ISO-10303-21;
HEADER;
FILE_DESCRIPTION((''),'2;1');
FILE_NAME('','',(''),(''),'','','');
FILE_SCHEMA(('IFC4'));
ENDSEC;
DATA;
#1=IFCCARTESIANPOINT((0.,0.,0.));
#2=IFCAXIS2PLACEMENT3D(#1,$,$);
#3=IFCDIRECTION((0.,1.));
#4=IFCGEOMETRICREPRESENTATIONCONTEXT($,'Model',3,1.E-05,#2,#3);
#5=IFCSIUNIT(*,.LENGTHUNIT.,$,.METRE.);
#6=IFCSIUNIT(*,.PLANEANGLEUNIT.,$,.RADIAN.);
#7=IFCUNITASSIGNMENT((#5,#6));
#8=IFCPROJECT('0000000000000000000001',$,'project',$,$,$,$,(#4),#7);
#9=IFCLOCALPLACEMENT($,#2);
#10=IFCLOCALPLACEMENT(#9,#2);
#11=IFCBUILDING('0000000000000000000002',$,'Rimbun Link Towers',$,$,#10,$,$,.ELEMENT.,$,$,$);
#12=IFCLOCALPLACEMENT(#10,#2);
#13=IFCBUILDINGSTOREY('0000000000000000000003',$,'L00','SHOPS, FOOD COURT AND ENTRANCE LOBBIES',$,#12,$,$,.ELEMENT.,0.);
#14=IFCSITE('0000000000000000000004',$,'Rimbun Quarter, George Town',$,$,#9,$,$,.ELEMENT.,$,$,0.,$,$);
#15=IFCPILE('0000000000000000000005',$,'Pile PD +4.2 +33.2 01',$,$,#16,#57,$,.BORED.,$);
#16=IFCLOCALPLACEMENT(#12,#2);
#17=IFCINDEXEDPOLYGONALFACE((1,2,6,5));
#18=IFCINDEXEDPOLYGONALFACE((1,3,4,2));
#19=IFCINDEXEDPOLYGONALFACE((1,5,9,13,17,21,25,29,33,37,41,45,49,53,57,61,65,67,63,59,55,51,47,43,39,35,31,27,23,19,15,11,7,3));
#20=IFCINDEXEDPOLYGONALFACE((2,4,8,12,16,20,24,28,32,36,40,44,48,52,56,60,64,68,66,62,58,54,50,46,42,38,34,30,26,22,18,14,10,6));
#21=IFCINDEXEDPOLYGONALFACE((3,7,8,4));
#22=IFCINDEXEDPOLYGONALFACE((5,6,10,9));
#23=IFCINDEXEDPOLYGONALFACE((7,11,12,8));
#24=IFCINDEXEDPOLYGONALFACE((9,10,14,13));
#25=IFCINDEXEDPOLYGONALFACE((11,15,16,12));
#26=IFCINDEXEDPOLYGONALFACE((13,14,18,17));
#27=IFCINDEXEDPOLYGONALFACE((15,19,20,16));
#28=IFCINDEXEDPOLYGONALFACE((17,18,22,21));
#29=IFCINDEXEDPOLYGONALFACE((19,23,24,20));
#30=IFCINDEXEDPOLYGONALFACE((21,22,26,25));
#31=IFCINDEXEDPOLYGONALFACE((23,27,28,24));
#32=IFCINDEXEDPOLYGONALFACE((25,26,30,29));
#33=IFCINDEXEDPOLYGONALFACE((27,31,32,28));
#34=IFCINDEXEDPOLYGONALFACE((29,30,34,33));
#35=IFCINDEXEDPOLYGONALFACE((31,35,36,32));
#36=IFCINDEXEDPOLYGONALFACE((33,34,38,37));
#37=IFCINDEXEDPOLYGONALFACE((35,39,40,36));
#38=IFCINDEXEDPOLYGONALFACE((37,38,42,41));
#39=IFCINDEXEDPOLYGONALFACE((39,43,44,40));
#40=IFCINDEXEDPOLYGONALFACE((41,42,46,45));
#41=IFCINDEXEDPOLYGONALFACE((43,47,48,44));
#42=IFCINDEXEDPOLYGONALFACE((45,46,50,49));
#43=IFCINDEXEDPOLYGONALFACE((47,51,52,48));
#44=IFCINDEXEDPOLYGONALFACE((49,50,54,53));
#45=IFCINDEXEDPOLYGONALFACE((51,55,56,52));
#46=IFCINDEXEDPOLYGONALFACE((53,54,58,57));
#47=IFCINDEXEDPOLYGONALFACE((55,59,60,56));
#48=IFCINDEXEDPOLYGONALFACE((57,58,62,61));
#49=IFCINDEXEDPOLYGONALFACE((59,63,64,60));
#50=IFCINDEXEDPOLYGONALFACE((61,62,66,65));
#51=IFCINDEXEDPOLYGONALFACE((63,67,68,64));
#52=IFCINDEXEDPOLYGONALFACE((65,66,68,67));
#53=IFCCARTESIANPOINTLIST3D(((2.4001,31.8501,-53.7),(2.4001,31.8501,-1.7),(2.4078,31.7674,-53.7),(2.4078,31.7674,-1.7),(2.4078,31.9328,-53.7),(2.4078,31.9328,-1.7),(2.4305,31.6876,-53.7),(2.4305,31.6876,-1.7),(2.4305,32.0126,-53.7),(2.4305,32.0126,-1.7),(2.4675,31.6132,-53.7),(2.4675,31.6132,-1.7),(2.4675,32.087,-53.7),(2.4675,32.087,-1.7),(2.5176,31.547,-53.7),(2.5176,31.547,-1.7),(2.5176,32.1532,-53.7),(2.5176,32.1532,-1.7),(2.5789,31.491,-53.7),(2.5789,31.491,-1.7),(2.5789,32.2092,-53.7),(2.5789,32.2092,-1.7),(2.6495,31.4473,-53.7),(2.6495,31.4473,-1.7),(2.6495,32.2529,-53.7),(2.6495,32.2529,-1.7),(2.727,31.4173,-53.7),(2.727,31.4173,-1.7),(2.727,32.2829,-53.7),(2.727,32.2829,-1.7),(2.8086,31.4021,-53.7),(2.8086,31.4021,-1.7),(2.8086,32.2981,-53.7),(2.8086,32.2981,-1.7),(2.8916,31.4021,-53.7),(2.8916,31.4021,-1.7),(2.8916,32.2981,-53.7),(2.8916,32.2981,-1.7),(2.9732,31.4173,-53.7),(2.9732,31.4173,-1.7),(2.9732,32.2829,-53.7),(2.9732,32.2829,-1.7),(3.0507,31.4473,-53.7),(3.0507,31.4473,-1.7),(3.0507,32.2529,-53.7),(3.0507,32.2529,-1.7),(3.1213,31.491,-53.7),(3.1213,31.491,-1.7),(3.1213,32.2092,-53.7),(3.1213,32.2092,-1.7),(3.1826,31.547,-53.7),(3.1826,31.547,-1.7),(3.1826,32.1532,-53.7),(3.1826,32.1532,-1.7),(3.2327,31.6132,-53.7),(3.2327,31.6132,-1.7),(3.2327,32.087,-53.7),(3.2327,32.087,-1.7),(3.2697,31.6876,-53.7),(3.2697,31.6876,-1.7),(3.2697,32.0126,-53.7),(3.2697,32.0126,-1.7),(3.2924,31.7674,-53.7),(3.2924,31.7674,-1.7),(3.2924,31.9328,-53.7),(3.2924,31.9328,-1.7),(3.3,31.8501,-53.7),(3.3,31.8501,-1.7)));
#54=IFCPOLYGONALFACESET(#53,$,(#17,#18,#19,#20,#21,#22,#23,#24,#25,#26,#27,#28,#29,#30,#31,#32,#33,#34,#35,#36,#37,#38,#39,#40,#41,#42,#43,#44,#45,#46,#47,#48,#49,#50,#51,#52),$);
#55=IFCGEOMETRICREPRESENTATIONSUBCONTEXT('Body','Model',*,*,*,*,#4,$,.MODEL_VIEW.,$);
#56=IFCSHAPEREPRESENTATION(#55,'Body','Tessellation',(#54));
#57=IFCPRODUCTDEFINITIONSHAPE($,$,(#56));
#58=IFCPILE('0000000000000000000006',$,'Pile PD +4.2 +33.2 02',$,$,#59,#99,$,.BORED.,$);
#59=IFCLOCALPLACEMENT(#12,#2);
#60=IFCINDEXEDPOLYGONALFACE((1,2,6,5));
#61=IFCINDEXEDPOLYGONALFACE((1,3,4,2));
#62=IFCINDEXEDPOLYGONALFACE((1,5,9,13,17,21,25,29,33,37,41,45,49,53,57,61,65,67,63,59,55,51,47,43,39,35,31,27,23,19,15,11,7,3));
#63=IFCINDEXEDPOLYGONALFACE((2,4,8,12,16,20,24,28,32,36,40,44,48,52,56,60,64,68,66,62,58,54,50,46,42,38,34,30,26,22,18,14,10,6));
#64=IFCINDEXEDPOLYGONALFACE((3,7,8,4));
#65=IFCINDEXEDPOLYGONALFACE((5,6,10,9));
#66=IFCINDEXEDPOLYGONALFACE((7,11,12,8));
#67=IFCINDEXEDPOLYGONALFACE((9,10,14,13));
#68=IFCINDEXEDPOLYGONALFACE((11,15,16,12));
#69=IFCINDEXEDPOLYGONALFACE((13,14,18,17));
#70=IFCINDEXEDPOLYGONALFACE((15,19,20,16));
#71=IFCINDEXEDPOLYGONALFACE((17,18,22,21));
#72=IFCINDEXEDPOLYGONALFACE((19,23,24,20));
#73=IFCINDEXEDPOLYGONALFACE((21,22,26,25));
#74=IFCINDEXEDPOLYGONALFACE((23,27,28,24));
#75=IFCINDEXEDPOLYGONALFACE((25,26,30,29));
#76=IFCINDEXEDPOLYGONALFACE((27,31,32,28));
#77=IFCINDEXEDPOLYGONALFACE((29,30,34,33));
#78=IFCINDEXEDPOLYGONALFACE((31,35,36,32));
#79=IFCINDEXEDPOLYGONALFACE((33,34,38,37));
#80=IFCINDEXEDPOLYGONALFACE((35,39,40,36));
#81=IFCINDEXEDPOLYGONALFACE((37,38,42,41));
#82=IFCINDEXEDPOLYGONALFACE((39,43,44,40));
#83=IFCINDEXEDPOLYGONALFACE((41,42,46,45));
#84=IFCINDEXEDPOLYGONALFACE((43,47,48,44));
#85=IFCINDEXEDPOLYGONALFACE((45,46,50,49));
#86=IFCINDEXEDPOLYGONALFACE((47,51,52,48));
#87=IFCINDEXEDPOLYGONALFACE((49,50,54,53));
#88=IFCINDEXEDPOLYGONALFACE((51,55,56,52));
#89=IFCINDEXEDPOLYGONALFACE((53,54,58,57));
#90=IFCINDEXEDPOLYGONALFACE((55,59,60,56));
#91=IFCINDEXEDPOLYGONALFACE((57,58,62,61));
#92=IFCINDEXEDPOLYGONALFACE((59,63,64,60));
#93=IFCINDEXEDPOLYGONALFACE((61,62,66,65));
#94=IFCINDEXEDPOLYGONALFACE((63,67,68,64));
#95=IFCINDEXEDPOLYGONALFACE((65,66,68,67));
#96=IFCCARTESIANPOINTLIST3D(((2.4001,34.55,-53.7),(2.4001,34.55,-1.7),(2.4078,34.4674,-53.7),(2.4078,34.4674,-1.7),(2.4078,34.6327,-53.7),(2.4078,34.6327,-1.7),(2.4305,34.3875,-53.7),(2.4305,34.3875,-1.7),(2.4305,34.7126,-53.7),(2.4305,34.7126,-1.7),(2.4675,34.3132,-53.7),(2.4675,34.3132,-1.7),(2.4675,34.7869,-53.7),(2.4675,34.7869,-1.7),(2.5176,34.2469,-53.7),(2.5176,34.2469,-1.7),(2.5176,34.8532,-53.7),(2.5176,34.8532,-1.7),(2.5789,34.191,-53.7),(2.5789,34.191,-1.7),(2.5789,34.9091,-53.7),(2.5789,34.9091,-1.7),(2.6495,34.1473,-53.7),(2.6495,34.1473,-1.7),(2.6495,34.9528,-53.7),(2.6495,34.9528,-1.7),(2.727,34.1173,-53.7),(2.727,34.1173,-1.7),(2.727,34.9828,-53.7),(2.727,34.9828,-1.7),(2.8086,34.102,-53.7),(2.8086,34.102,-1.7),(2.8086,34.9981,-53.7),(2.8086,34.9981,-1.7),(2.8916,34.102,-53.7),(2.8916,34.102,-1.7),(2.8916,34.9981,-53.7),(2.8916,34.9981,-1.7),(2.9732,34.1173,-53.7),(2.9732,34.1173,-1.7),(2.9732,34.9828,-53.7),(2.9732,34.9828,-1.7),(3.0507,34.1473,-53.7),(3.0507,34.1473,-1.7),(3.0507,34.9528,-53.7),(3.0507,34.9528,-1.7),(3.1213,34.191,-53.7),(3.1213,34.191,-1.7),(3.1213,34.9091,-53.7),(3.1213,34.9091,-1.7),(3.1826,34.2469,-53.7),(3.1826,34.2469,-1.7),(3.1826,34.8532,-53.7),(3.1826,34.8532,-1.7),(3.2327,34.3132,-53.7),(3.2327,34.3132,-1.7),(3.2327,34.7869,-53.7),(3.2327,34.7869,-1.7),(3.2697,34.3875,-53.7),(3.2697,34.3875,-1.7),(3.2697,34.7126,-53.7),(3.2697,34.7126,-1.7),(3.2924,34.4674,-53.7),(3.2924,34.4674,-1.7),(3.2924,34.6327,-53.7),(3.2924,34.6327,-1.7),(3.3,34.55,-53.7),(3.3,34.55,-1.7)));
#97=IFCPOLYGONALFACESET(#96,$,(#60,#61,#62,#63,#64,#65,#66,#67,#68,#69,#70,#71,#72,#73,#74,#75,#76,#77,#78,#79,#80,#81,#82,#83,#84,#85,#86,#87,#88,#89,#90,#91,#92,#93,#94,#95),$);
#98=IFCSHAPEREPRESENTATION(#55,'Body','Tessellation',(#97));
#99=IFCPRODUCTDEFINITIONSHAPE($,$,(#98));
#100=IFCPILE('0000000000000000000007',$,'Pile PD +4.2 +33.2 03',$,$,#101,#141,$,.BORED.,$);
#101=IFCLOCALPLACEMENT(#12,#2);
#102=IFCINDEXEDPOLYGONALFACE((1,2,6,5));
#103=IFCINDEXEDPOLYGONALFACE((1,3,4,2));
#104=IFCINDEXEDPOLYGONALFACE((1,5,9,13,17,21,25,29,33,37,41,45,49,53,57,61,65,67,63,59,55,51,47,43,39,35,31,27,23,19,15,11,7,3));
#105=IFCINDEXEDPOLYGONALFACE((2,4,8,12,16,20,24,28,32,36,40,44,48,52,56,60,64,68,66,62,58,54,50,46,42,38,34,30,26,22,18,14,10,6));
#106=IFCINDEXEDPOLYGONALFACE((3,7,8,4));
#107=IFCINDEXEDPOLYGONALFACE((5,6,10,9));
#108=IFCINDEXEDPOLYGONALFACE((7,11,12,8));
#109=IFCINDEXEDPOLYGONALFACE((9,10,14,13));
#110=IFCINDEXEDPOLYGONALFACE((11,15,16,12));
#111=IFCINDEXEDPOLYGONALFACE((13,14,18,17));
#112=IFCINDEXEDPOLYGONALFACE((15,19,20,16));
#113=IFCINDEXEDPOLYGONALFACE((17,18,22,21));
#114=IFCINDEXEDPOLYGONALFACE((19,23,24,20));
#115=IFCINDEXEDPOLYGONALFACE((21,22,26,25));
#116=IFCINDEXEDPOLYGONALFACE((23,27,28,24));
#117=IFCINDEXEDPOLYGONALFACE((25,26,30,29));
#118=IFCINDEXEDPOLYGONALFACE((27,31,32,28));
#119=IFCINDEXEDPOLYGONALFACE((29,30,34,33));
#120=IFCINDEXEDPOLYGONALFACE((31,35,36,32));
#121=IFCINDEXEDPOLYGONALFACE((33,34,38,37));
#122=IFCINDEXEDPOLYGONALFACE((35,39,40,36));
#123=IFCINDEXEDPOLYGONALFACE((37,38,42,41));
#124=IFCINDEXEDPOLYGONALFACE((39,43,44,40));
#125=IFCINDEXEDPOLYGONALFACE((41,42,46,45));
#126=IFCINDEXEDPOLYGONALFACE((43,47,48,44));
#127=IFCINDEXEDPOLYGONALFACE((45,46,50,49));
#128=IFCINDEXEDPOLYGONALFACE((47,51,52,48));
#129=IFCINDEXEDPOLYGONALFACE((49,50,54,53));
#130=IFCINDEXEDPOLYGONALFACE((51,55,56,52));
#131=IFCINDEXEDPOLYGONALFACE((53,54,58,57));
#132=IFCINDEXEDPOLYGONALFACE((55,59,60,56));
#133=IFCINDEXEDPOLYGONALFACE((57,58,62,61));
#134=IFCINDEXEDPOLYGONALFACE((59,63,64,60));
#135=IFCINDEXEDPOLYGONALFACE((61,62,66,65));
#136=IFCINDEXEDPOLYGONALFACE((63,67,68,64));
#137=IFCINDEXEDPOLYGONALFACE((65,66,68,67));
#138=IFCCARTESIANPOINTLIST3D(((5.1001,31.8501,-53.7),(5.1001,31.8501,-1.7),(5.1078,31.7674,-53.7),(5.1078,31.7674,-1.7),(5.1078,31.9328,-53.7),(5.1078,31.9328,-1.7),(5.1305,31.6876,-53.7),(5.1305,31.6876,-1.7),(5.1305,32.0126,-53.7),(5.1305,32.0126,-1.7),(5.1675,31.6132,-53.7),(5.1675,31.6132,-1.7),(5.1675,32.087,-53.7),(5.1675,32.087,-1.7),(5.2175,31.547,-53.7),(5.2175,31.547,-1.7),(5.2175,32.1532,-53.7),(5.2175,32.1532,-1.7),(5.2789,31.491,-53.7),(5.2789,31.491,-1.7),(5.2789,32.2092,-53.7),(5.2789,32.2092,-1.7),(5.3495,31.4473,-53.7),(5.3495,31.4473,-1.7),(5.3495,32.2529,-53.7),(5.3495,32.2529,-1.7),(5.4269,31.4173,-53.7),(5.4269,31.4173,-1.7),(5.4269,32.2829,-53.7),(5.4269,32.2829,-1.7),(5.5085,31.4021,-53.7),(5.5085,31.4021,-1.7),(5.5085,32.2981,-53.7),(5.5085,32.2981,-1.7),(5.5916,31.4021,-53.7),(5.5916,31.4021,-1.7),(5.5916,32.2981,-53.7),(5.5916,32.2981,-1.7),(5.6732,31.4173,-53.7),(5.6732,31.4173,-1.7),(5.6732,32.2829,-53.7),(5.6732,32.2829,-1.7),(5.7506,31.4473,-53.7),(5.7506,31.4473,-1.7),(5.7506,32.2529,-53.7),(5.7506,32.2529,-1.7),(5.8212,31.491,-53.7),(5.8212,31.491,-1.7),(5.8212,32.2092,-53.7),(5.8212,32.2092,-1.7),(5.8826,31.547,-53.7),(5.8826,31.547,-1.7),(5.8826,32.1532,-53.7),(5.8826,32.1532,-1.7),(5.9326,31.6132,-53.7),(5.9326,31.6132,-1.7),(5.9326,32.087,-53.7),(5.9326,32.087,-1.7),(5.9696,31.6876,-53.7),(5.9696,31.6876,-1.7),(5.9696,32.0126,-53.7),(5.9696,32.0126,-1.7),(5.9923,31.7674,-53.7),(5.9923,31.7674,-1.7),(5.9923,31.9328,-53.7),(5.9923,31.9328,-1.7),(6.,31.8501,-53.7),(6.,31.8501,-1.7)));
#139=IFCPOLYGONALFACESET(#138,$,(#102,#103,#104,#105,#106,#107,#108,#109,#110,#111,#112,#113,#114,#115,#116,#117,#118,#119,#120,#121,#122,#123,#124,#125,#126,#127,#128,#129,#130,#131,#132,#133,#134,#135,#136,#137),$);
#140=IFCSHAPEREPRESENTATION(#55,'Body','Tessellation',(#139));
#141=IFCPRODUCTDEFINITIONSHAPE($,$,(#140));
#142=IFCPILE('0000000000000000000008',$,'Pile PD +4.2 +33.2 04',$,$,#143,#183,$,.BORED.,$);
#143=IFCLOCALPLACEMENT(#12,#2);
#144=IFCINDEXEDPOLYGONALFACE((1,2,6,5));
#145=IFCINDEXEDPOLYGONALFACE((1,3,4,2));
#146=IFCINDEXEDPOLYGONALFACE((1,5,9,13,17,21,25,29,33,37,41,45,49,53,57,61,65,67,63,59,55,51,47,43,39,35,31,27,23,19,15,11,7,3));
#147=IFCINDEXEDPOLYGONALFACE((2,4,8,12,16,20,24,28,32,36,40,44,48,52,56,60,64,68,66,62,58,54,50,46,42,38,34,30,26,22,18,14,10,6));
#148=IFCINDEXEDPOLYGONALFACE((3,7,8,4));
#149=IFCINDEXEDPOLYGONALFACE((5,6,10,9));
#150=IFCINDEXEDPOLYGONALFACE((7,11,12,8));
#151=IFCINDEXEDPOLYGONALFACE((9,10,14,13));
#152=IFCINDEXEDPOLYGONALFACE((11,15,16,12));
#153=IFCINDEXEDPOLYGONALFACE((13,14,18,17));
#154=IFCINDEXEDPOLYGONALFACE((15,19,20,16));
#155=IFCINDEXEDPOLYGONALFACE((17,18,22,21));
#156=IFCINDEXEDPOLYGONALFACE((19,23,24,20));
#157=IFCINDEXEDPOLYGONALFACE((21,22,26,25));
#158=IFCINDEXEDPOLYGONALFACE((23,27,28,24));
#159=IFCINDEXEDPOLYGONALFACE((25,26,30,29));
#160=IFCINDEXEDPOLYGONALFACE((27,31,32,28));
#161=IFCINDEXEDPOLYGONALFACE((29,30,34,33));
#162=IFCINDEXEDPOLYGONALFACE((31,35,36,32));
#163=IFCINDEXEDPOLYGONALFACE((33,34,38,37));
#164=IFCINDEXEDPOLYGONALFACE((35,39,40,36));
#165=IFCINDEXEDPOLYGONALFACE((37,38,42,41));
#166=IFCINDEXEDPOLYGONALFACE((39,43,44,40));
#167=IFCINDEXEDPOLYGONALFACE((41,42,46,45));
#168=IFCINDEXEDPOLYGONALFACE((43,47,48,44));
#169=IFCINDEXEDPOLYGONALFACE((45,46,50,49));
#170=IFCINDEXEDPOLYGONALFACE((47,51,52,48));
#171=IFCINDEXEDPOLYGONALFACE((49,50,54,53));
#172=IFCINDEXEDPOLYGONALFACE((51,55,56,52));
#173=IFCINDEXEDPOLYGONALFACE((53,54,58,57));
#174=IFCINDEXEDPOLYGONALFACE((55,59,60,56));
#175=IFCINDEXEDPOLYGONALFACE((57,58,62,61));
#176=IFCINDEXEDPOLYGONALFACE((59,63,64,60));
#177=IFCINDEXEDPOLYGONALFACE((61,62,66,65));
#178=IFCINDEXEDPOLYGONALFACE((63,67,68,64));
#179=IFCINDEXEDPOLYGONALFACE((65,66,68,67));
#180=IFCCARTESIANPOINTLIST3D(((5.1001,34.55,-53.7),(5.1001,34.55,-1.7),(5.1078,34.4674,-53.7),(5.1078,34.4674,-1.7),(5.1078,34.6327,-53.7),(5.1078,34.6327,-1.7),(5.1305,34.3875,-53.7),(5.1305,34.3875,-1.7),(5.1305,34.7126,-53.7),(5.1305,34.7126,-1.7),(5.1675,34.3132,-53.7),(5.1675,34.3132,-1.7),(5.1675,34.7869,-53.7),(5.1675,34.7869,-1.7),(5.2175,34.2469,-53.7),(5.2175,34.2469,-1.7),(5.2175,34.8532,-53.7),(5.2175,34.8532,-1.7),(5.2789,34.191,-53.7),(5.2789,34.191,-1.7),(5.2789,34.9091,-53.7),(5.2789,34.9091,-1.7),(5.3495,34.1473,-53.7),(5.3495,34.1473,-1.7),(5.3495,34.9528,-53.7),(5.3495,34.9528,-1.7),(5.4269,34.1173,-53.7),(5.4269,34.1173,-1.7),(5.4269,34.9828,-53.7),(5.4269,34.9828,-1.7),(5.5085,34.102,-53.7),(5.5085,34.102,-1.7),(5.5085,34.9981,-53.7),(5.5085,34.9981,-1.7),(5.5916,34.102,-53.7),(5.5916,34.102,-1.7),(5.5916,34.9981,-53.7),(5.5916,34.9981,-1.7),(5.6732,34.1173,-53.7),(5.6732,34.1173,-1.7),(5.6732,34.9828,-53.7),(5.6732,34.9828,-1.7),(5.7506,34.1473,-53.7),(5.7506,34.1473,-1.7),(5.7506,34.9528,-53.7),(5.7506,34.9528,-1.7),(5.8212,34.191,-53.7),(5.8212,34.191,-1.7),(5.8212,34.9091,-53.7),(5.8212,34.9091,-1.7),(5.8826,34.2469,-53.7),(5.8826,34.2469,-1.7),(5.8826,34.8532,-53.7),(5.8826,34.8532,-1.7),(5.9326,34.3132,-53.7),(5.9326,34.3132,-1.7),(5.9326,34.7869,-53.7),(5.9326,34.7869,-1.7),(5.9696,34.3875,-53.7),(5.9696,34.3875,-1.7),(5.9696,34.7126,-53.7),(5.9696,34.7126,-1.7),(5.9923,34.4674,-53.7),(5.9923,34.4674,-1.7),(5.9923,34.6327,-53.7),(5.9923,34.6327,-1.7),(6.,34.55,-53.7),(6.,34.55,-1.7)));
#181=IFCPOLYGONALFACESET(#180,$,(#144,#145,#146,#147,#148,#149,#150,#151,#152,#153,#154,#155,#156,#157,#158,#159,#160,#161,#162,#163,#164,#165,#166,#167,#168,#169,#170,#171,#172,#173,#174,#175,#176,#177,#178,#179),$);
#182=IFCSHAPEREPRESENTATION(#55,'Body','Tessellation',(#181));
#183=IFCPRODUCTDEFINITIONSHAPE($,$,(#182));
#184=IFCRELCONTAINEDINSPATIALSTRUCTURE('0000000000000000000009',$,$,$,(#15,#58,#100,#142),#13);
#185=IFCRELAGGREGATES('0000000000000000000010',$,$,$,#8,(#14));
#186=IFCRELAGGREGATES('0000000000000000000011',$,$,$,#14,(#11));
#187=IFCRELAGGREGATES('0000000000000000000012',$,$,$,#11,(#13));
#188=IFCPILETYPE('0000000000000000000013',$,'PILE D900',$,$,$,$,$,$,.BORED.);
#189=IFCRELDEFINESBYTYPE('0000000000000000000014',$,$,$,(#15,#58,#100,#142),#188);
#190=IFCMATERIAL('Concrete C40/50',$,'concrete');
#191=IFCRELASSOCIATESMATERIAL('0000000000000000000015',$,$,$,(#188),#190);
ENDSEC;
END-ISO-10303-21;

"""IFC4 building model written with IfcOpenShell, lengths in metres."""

from ifc_helpers import new_model, si_unit, direction, frame, origin, origin_2d, place, context, subcontext, project, spatial, circle, extrude, material, material_profile, profile_set, type_object, element, save


model = new_model("IFC4")

# Units and contexts
model_context = context("Model", 3, precision=1e-05, world=origin(), true_north=direction((0.0, 1.0)))
body_context = subcontext(model_context, "Body", "Model", "MODEL_VIEW")
ifc_project = project(units=[si_unit("LENGTHUNIT", "METRE"), si_unit("PLANEANGLEUNIT", "RADIAN")], contexts=[model_context])

# Site, building, storey
site_placement = place(None, origin())
site = spatial("IfcSite", under=ifc_project, at=site_placement, Name="Rimbun Quarter, George Town", CompositionType="ELEMENT", RefElevation=0.0)
building_placement = place(site_placement, origin())
building = spatial("IfcBuilding", under=site, at=building_placement, Name="Rimbun Link Towers", CompositionType="ELEMENT")
storey_placement = place(building_placement, origin())
storey = spatial("IfcBuildingStorey", under=building, at=storey_placement, Name="L00", Description="SHOPS, FOOD COURT AND ENTRANCE LOBBIES", CompositionType="ELEMENT", Elevation=0.0)

# Piles
ifc_material_1 = material(Name="Concrete C40/50", Category="concrete")
ifc_material_profile_1 = material_profile(ifc_material_1, circle(Radius=0.45, at=origin_2d()), Name="PILE D900")
ifc_profile_set_1 = profile_set([ifc_material_profile_1], Name="Concrete C40/50")
pile_type = type_object("IfcPileType", Name="PILE D900", PredefinedType="BORED", material=ifc_profile_set_1)
for number, where, z_axis, x_axis, name in (
    (1, (2.8501, 31.8501, -1.7), (0.0, 0.0, -1.0), (1.0, 0.0, 0.0), "Pile PD +4.2 +33.2 01"),
    (2, (2.8501, 34.55, -1.7), (0.0, 0.0, -1.0), (1.0, 0.0, 0.0), "Pile PD +4.2 +33.2 02"),
    (3, (5.55, 31.8501, -1.7), (0.0, 0.0, -1.0), (1.0, 0.0, 0.0), "Pile PD +4.2 +33.2 03"),
    (4, (5.55, 34.55, -1.7), (0.0, 0.0, -1.0), (1.0, 0.0, 0.0), "Pile PD +4.2 +33.2 04"),
):
    element("IfcPile", number, at=place(storey_placement, frame(where, z_axis=z_axis, x_axis=x_axis)), inside=storey, type_object=pile_type, Name=name, PredefinedType="BORED", context=body_context, shape_type="SweptSolid", body=[
        extrude(circle(Radius=0.45, at=origin_2d()), origin(), (0.0, 0.0, 1.0), 52.0),
    ])

save(model, "model.ifc")
